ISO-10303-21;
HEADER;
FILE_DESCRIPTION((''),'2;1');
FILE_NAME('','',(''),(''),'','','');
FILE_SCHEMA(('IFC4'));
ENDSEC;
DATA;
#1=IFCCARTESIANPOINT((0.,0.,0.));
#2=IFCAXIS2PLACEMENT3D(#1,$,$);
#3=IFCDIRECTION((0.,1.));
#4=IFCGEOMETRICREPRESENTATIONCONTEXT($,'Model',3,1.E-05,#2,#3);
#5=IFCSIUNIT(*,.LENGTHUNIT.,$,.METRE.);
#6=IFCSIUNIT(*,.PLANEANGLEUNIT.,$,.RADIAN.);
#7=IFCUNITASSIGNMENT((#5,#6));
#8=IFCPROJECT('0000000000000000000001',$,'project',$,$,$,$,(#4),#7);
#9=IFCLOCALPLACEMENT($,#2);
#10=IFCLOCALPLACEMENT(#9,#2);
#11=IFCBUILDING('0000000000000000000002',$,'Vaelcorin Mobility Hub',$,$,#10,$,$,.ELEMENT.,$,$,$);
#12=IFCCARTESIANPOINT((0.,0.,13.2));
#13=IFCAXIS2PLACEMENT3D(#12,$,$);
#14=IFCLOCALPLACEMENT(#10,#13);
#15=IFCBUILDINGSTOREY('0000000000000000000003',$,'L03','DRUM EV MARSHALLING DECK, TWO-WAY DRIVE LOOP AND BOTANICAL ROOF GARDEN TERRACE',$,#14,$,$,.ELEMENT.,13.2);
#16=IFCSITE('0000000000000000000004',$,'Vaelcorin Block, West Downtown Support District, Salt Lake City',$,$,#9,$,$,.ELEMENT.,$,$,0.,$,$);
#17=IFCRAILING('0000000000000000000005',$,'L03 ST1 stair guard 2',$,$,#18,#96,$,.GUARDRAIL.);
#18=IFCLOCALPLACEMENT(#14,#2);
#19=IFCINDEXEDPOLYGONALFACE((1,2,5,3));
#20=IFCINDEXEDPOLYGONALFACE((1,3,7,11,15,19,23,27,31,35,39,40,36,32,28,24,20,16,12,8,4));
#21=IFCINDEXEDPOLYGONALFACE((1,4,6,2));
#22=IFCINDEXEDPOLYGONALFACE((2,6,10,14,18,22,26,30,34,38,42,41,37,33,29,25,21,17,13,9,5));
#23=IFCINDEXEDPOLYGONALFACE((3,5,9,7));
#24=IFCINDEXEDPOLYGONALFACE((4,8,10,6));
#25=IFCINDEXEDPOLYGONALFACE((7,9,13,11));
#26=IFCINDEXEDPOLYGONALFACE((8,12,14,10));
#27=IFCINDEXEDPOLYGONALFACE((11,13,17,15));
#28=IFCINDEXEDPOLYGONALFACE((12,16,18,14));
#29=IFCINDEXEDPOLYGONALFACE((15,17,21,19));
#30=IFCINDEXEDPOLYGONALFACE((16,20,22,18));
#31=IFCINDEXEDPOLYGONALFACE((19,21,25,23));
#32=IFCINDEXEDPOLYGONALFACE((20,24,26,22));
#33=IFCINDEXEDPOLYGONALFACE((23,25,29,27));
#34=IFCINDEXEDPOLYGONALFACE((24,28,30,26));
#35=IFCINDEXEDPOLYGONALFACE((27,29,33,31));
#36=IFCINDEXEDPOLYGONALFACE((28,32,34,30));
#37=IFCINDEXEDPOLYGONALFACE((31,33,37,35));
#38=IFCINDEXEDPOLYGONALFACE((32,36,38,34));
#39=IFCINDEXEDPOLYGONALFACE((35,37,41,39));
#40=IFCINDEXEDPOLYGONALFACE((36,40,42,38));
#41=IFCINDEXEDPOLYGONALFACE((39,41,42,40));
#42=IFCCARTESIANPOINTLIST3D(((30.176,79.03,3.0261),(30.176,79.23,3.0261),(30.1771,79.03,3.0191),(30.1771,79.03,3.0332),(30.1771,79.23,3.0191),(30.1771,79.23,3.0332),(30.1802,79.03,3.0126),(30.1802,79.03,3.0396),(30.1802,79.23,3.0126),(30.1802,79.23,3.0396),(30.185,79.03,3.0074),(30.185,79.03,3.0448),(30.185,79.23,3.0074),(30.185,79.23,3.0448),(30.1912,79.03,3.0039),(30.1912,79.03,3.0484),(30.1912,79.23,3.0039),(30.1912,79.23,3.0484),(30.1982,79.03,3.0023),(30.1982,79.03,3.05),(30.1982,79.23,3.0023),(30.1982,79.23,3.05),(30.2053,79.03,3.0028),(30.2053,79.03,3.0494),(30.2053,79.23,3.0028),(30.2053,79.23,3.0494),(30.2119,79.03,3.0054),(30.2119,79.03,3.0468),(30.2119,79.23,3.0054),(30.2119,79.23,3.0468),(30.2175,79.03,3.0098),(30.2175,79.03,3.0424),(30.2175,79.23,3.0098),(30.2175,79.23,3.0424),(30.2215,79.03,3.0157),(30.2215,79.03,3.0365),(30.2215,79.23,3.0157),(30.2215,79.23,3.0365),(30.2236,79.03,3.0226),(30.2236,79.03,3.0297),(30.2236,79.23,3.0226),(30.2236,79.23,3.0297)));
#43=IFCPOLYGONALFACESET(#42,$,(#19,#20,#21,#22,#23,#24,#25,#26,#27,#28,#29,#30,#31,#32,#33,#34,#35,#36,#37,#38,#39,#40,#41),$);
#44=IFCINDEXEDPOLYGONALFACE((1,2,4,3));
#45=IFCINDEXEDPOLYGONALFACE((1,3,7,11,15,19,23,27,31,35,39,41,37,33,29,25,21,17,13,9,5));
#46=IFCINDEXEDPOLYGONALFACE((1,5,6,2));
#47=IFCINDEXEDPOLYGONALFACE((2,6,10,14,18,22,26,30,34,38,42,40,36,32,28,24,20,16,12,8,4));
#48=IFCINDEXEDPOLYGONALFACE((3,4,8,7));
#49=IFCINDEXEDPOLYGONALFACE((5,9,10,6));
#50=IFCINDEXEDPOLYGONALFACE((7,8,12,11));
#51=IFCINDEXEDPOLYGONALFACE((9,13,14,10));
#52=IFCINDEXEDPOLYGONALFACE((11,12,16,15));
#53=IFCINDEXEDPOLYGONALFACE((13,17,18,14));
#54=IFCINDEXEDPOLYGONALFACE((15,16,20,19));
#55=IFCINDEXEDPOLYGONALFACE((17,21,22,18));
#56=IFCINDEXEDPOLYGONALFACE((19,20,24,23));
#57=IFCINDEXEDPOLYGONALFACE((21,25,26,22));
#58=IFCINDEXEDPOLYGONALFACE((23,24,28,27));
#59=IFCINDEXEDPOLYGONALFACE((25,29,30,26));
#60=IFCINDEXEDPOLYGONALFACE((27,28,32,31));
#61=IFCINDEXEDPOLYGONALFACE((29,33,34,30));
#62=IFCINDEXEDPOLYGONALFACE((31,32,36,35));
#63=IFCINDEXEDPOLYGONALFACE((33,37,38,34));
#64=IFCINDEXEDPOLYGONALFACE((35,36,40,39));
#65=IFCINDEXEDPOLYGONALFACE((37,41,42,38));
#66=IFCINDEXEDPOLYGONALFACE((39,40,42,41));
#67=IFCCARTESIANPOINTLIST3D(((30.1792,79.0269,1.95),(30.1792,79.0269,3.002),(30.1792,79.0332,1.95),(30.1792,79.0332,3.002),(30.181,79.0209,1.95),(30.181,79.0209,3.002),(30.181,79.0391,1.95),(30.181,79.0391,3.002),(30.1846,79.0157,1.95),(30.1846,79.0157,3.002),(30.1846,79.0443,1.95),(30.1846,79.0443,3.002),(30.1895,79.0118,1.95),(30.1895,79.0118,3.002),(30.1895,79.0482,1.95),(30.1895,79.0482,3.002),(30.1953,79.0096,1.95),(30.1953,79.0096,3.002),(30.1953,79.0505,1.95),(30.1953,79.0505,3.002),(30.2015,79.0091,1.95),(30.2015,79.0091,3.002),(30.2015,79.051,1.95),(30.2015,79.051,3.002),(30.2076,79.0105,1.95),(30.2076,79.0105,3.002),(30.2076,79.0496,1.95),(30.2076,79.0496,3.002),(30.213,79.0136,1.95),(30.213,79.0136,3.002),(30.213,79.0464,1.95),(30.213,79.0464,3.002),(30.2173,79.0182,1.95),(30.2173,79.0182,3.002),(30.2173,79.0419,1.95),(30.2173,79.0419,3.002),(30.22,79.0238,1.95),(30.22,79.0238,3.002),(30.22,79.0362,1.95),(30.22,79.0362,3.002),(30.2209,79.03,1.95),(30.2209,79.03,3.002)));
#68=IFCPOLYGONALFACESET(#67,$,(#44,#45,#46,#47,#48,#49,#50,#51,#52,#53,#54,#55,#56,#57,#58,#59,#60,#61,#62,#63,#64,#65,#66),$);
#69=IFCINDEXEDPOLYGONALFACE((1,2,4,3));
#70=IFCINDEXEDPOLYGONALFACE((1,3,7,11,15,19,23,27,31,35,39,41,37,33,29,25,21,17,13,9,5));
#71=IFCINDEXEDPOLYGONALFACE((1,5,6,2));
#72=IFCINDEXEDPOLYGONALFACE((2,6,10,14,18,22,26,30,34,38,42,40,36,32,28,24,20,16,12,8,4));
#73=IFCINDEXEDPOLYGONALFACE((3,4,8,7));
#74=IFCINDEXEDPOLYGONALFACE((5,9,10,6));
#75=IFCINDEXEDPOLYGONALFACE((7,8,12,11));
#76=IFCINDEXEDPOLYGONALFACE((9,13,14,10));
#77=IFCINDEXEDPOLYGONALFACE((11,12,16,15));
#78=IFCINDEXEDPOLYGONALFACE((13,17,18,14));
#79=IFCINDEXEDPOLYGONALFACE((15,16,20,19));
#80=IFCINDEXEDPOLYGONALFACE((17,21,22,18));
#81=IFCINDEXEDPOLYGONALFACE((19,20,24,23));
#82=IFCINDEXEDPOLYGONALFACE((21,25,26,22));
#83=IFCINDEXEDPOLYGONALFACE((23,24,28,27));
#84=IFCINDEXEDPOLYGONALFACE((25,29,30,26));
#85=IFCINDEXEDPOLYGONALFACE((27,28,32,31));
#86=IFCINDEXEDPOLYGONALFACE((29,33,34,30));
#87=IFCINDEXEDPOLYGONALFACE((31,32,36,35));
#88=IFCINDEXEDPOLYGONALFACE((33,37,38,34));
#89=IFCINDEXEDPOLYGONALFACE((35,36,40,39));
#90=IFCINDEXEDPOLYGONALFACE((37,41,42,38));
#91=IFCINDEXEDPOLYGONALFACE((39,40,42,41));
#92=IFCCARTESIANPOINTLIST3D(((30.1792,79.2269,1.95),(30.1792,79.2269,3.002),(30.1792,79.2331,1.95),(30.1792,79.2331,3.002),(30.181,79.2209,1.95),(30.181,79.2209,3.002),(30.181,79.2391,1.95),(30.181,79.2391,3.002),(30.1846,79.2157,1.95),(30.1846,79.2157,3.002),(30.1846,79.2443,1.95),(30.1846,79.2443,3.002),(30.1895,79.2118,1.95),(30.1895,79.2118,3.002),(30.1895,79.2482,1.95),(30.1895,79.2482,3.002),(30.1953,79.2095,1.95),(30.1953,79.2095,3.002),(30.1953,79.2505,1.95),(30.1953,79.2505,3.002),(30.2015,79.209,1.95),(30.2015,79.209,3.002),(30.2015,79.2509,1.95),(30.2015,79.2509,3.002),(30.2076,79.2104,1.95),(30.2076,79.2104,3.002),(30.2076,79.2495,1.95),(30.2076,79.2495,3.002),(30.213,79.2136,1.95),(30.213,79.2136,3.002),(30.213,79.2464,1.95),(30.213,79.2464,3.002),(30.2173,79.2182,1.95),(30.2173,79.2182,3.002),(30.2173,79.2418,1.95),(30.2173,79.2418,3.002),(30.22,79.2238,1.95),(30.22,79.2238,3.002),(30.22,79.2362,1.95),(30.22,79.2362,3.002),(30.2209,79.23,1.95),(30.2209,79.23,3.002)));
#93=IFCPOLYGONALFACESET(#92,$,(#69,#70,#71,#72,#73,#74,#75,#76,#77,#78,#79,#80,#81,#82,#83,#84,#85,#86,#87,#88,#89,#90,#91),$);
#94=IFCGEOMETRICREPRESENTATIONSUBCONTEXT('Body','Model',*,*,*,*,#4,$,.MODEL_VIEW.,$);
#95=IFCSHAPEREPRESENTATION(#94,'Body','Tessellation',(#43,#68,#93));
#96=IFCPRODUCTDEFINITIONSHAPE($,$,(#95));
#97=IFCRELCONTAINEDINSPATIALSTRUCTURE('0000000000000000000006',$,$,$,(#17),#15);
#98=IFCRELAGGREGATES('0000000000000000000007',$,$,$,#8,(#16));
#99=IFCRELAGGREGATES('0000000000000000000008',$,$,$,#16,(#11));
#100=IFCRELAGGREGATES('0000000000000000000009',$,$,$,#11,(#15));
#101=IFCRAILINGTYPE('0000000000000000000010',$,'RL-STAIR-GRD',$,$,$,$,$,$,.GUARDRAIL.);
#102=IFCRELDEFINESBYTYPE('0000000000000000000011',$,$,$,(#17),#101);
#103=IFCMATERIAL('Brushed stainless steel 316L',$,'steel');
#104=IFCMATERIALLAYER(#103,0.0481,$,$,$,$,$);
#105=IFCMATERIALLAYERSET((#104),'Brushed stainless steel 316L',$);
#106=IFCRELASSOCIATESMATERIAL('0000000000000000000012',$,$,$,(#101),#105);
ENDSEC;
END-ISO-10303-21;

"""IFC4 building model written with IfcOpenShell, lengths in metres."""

from ifc_helpers import new_model, si_unit, direction, frame, origin, origin_2d, place, context, subcontext, project, spatial, circle, extrude, material, layer, layer_set, type_object, element, save


model = new_model("IFC4")

# Units and contexts
model_context = context("Model", 3, precision=1e-05, world=origin(), true_north=direction((0.0, 1.0)))
body_context = subcontext(model_context, "Body", "Model", "MODEL_VIEW")
ifc_project = project(units=[si_unit("LENGTHUNIT", "METRE"), si_unit("PLANEANGLEUNIT", "RADIAN")], contexts=[model_context])

# Site, building, storey
site_placement = place(None, origin())
site = spatial("IfcSite", under=ifc_project, at=site_placement, Name="Vaelcorin Block, West Downtown Support District, Salt Lake City", CompositionType="ELEMENT", RefElevation=0.0)
building_placement = place(site_placement, origin())
building = spatial("IfcBuilding", under=site, at=building_placement, Name="Vaelcorin Mobility Hub", CompositionType="ELEMENT")
storey_placement = place(building_placement, frame((0.0, 0.0, 13.2)))
storey = spatial("IfcBuildingStorey", under=building, at=storey_placement, Name="L03", Description="DRUM EV MARSHALLING DECK, TWO-WAY DRIVE LOOP AND BOTANICAL ROOF GARDEN TERRACE", CompositionType="ELEMENT", Elevation=13.2)

# Railing
ifc_material_1 = material(Name="Brushed stainless steel 316L", Category="steel")
ifc_layer_1 = layer(ifc_material_1, 0.0481)
ifc_layer_set_1 = layer_set([ifc_layer_1], Name="Brushed stainless steel 316L")
railing_type_1 = type_object("IfcRailingType", Name="RL-STAIR-GRD", PredefinedType="GUARDRAIL", material=ifc_layer_set_1)
railing_1_placement = place(storey_placement, frame((30.2, 79.03, 1.95)))
element("IfcRailing", 1, at=railing_1_placement, inside=storey, type_object=railing_type_1, Name="L03 ST1 stair guard 2", PredefinedType="GUARDRAIL", context=body_context, shape_type="SweptSolid", body=[
    extrude(circle(Radius=0.0239, at=origin_2d()), frame((0.0, 0.0, 1.0762), z_axis=(0.0, 1.0, 0.0), x_axis=(-1.0, 0.0, 0.0)), (0.0, 0.0, 1.0), 0.2),
    extrude(circle(Radius=0.021, at=origin_2d()), origin(), (0.0, 0.0, 1.0), 1.052),
    extrude(circle(Radius=0.021, at=origin_2d()), frame((0.0, 0.2, 0.0)), (0.0, 0.0, 1.0), 1.052),
])

save(model, "model.ifc")
